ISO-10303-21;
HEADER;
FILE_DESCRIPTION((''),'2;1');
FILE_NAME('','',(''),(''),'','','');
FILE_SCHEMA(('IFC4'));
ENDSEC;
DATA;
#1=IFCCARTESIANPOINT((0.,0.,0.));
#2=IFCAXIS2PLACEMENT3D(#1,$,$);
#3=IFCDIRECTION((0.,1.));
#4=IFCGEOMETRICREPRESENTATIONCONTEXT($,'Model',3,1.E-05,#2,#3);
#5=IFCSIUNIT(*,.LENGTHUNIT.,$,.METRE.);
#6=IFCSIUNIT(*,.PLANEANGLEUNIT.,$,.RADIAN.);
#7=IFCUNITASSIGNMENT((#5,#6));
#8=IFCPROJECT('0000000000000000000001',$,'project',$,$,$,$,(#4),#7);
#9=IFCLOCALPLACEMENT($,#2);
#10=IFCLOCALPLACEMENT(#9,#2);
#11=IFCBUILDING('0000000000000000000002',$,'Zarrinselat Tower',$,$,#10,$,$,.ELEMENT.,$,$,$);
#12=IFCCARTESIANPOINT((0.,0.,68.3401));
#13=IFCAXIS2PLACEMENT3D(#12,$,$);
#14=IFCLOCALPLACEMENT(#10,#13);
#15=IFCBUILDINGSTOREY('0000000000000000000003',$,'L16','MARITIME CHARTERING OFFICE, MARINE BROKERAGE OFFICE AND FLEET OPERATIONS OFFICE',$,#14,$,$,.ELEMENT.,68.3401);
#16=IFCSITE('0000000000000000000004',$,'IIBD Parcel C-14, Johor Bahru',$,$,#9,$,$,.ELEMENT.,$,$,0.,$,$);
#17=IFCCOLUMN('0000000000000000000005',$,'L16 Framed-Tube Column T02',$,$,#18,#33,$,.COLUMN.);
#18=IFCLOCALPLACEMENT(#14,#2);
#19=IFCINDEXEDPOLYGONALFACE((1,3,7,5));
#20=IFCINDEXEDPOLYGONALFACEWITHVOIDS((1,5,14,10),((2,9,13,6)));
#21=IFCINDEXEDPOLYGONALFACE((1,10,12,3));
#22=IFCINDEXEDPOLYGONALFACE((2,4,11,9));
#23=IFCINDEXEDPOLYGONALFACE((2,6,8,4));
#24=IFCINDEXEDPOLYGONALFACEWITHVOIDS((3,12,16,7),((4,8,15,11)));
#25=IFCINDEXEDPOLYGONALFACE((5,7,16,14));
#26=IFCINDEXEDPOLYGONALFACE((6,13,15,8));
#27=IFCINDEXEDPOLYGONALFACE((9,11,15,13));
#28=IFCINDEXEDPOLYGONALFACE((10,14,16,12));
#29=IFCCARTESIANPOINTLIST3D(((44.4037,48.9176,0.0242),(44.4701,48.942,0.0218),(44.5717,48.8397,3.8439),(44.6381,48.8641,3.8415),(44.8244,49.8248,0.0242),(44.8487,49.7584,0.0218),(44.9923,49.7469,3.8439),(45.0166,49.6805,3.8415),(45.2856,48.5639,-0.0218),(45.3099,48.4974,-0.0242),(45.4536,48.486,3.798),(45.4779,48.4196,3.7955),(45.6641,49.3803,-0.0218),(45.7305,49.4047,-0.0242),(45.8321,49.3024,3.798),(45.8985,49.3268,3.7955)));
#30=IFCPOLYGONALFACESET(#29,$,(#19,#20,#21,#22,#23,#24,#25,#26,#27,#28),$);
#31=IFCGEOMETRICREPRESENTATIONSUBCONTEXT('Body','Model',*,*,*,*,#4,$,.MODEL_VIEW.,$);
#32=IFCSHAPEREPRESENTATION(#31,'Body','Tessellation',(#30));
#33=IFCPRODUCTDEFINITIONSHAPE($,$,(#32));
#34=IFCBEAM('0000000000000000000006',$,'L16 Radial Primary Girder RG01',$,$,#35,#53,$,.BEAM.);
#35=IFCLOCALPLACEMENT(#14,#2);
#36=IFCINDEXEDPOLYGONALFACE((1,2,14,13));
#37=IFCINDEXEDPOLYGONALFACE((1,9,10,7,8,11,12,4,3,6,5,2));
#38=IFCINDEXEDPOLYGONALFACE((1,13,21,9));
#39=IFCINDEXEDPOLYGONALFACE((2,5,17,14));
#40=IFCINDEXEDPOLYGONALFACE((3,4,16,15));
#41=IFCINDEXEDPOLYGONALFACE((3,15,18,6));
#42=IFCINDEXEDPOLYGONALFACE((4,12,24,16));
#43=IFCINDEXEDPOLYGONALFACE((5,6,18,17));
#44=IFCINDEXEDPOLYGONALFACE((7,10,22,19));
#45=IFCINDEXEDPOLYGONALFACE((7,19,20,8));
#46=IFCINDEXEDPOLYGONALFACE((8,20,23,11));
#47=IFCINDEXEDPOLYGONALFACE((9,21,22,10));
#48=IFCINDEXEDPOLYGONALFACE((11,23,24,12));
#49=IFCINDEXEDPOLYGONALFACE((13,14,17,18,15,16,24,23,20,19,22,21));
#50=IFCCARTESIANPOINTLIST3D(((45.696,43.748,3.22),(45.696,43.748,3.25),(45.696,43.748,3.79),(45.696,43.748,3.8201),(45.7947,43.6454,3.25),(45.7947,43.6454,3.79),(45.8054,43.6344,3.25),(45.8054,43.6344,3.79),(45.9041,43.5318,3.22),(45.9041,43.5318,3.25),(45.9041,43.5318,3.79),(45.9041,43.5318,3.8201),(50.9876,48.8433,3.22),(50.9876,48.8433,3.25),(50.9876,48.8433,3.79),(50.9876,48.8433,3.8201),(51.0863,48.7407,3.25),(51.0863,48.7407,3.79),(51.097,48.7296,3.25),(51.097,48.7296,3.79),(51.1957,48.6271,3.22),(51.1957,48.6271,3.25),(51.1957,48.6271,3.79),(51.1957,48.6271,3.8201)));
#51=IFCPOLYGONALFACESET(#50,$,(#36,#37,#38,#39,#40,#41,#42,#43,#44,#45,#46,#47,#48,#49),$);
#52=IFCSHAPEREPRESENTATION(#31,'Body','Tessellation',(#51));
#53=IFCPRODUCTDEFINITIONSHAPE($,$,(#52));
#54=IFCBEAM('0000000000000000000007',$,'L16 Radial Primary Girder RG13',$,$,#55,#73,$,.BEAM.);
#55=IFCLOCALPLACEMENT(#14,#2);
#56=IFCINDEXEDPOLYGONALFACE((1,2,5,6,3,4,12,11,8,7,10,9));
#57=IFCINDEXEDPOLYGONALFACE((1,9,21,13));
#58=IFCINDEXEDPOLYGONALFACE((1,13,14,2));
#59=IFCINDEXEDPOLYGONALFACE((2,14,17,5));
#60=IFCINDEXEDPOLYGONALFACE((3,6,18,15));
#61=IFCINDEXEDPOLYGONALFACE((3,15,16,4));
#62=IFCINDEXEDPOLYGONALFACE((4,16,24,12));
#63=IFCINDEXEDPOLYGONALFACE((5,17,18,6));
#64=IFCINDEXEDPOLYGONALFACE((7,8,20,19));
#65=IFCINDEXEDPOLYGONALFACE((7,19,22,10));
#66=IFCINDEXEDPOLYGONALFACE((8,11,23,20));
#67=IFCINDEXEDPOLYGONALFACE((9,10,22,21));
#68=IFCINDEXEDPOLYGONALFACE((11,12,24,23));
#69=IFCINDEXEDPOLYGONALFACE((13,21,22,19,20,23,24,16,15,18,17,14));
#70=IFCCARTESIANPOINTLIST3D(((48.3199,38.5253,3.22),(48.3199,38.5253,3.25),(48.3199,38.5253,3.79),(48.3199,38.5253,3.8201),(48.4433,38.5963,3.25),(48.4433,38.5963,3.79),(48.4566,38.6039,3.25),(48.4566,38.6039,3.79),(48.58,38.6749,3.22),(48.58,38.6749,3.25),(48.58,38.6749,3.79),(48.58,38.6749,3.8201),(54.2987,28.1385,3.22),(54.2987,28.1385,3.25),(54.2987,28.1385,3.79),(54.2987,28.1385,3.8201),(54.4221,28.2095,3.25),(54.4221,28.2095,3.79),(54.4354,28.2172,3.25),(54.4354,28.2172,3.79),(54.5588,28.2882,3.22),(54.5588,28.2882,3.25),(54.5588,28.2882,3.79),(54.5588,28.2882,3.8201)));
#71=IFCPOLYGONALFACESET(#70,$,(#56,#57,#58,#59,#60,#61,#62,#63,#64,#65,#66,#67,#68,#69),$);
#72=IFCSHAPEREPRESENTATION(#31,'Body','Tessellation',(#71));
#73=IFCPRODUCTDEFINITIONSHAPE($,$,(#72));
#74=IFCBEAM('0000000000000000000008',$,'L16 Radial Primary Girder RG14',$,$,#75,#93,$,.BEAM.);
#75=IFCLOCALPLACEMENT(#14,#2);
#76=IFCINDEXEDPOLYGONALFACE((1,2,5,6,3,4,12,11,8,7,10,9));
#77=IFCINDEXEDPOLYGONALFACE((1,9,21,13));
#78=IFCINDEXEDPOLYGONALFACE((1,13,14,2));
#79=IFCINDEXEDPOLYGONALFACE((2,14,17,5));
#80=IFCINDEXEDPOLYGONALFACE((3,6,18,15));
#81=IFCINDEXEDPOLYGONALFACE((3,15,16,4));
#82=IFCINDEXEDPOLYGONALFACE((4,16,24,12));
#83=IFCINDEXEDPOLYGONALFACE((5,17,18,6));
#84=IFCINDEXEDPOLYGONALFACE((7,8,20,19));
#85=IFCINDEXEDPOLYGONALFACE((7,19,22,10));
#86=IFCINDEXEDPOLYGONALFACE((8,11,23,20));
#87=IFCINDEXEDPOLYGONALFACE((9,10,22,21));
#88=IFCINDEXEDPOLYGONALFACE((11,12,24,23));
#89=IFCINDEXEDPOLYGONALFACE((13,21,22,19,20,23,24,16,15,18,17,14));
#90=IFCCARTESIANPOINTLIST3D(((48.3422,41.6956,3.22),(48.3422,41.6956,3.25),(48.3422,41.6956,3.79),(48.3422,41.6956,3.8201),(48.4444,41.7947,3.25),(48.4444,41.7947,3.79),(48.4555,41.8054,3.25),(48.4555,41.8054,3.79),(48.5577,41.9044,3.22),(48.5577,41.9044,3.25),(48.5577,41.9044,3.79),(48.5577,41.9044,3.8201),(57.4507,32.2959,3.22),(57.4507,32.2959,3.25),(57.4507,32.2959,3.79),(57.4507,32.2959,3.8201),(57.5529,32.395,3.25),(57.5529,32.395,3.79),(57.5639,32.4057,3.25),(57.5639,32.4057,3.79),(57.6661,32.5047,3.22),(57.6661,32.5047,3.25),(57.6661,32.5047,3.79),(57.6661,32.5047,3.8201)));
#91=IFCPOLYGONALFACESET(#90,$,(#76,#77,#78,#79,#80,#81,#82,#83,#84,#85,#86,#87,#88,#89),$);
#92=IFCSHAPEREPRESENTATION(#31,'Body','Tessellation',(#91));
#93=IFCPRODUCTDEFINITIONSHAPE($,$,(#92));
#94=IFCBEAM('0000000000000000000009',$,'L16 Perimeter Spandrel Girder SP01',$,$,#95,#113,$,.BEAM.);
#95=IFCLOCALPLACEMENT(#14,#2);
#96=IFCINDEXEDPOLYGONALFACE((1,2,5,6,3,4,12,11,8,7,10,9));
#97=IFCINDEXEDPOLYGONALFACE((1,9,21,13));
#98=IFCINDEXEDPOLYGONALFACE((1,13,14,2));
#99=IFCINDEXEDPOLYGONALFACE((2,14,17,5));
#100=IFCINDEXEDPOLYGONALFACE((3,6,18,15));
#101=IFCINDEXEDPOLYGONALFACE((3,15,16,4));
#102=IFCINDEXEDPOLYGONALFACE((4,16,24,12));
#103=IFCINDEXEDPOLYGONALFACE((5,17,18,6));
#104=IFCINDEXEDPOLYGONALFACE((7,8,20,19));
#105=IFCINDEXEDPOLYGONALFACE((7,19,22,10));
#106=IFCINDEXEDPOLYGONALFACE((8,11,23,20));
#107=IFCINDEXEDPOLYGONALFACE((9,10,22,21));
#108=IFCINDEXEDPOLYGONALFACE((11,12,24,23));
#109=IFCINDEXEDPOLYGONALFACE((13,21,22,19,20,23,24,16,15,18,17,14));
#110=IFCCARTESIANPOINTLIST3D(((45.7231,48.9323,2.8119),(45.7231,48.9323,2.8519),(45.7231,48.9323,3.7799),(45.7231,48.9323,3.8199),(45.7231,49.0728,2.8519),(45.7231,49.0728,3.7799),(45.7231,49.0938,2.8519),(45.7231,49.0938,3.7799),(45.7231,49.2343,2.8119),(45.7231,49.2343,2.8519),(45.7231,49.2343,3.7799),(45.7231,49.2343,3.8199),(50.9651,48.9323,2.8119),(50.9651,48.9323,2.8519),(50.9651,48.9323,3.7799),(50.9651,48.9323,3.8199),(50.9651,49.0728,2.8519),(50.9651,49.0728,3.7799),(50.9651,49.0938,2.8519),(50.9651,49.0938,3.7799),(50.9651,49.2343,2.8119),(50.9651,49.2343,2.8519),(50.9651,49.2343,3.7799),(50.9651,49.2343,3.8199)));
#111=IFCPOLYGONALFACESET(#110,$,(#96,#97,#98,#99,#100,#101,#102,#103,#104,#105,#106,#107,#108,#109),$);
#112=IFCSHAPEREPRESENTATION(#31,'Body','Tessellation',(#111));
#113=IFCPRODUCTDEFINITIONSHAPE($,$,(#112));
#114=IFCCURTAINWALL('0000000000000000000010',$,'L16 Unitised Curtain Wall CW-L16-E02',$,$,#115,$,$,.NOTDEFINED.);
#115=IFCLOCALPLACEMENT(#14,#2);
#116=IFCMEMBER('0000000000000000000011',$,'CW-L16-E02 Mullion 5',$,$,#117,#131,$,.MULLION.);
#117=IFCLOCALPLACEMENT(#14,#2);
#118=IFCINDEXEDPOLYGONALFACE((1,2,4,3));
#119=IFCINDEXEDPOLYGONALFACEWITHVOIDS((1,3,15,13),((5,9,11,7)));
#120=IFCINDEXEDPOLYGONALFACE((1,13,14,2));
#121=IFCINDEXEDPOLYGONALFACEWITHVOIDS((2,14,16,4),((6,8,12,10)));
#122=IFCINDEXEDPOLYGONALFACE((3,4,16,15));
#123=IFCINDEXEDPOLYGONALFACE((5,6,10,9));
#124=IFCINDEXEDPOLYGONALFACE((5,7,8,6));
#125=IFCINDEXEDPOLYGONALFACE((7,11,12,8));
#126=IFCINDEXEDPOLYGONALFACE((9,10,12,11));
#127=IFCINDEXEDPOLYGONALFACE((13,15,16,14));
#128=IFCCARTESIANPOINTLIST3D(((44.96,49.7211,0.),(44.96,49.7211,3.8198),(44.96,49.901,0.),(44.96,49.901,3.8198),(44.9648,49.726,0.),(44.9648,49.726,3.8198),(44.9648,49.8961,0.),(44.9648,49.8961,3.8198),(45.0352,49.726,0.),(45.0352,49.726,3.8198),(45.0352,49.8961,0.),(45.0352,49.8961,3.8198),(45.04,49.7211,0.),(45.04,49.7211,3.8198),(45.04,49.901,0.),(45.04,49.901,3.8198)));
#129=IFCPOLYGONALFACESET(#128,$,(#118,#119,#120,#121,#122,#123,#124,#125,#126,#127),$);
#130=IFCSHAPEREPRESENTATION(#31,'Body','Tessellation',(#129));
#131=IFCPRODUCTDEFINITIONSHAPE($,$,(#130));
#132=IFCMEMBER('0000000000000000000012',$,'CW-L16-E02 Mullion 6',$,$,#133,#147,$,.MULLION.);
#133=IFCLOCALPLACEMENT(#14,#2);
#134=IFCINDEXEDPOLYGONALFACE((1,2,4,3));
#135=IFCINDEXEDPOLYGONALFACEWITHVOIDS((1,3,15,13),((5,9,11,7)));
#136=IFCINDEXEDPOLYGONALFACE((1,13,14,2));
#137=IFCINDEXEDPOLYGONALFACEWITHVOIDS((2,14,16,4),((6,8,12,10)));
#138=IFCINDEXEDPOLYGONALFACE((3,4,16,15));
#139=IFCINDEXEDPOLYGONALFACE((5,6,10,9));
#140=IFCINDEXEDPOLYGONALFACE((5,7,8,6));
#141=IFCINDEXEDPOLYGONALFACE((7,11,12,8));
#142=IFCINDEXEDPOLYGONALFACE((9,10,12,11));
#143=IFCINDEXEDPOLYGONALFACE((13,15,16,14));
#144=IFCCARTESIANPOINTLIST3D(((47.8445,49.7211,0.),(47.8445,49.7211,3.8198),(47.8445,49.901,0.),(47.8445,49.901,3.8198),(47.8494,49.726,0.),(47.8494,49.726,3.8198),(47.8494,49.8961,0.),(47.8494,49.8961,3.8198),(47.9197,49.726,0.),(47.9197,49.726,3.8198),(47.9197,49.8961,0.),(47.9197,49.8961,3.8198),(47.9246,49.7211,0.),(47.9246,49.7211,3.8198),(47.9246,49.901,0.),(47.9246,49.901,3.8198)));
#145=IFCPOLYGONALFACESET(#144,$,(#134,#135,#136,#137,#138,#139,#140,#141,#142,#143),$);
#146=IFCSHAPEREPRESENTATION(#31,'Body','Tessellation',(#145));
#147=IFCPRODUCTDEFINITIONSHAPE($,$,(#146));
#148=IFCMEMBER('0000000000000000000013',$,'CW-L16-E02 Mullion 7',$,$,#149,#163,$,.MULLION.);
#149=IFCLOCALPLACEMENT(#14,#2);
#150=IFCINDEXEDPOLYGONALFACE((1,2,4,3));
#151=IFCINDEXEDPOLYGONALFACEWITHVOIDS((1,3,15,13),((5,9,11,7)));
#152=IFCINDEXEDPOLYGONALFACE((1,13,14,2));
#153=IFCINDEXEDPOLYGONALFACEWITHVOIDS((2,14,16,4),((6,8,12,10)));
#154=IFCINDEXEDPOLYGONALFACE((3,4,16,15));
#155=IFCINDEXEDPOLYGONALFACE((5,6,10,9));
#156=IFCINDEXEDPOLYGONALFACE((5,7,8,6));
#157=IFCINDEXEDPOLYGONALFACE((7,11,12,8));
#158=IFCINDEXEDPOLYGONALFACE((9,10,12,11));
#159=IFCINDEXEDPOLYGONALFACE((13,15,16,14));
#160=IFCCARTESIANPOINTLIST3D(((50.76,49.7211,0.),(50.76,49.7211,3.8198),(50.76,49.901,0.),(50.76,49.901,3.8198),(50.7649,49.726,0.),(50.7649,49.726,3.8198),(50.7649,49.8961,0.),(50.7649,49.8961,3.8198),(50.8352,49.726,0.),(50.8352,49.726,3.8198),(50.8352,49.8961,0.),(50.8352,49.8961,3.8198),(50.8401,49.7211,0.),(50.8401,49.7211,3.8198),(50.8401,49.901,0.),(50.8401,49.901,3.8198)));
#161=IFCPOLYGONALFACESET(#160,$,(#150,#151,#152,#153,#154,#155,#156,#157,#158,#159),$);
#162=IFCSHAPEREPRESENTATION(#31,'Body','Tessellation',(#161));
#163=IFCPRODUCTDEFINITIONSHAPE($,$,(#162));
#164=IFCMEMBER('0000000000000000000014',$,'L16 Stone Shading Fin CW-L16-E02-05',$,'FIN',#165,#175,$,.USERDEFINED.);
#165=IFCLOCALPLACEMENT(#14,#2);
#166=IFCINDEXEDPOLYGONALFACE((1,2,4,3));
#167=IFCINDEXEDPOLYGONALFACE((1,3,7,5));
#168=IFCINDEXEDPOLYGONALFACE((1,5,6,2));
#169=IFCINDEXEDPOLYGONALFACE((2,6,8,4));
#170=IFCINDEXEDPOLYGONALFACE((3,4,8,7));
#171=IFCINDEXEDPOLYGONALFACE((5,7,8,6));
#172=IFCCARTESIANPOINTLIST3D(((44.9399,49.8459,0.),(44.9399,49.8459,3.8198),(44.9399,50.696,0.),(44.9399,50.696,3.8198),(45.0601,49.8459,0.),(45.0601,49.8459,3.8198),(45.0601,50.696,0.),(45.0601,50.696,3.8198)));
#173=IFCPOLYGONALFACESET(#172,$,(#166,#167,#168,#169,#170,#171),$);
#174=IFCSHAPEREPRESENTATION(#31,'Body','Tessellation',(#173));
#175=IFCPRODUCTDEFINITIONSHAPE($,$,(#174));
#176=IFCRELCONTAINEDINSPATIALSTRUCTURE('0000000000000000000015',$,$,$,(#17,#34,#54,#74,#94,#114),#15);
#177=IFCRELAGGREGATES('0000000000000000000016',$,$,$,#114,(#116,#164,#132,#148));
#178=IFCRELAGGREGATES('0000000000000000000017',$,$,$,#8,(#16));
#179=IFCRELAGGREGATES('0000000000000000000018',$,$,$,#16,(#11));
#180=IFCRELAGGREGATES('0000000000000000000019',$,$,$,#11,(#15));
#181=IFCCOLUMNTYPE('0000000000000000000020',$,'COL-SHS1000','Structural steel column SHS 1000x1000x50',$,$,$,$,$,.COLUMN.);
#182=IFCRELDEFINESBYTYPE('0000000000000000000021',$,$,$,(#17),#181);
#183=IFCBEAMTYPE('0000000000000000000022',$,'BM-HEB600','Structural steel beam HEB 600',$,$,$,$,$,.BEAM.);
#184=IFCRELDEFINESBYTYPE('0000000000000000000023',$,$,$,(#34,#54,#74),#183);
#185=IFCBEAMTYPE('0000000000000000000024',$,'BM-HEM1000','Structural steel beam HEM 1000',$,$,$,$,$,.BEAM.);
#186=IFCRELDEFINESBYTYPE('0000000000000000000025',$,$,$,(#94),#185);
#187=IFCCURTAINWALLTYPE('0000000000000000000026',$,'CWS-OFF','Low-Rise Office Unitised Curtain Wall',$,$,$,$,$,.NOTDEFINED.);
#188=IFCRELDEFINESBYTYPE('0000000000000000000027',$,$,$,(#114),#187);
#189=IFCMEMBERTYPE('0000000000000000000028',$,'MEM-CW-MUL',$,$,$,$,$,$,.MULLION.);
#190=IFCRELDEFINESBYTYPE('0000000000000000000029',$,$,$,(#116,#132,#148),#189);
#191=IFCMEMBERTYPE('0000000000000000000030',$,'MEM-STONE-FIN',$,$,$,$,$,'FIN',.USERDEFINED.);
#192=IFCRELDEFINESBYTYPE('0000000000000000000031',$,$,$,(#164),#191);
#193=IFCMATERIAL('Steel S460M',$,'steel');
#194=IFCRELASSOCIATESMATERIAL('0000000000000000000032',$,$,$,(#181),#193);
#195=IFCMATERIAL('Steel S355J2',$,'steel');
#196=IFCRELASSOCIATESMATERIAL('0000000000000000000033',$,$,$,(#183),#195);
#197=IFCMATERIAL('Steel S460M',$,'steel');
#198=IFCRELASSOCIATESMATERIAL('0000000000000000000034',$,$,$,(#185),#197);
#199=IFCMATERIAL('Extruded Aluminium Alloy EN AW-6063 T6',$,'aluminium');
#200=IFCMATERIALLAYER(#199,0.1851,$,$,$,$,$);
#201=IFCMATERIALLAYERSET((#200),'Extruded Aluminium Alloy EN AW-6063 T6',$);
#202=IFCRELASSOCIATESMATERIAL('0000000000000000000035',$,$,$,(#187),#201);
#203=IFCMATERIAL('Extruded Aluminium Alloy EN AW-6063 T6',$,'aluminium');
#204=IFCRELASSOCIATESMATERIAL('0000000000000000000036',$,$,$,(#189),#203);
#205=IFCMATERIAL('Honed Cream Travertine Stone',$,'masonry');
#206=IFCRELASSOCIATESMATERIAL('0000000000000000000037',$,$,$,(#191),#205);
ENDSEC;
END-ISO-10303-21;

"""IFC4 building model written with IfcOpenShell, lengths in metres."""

from ifc_helpers import new_model, si_unit, direction, frame, origin, origin_2d, place, context, subcontext, project, spatial, rectangle, hollow_rectangle, i_section, extrude, material, layer, layer_set, material_profile, profile_set, type_object, element, aggregate, save


model = new_model("IFC4")

# Units and contexts
model_context = context("Model", 3, precision=1e-05, world=origin(), true_north=direction((0.0, 1.0)))
body_context = subcontext(model_context, "Body", "Model", "MODEL_VIEW")
ifc_project = project(units=[si_unit("LENGTHUNIT", "METRE"), si_unit("PLANEANGLEUNIT", "RADIAN")], contexts=[model_context])

# Site, building, storey
site_placement = place(None, origin())
site = spatial("IfcSite", under=ifc_project, at=site_placement, Name="IIBD Parcel C-14, Johor Bahru", CompositionType="ELEMENT", RefElevation=0.0)
building_placement = place(site_placement, origin())
building = spatial("IfcBuilding", under=site, at=building_placement, Name="Zarrinselat Tower", CompositionType="ELEMENT")
storey_placement = place(building_placement, frame((0.0, 0.0, 68.3401)))
storey = spatial("IfcBuildingStorey", under=building, at=storey_placement, Name="L16", Description="MARITIME CHARTERING OFFICE, MARINE BROKERAGE OFFICE AND FLEET OPERATIONS OFFICE", CompositionType="ELEMENT", Elevation=68.3401)

# Column
ifc_material_1 = material(Name="Steel S460M", Category="steel")
ifc_material_profile_1 = material_profile(ifc_material_1, hollow_rectangle(XDim=1.0, YDim=1.0, WallThickness=0.05, at=origin_2d()), Name="SHS 1000x1000x50")
ifc_profile_set_1 = profile_set([ifc_material_profile_1], Name="Steel S460M")
column_type = type_object("IfcColumnType", Name="COL-SHS1000", Description="Structural steel column SHS 1000x1000x50", PredefinedType="COLUMN", material=ifc_profile_set_1)
column_placement = place(storey_placement, frame((45.0671, 49.1611, 0.0), z_axis=(0.043921, -0.020365, 0.998827), x_axis=(0.420646, 0.907225, 0.0)))
element("IfcColumn", 1, at=column_placement, inside=storey, type_object=column_type, Name="L16 Framed-Tube Column T02", PredefinedType="COLUMN", context=body_context, shape_type="SweptSolid", body=[
    extrude(hollow_rectangle(XDim=1.0, YDim=1.0, WallThickness=0.05, at=origin_2d()), origin(), (0.0, 0.0, 1.0), 3.8242),
])

# Beams
ifc_material_2 = material(Name="Steel S355J2", Category="steel")
ifc_material_profile_2 = material_profile(ifc_material_2, i_section(OverallWidth=0.3, OverallDepth=0.6001, WebThickness=0.0154, FlangeThickness=0.03, at=origin_2d()), Name="HEB 600")
ifc_profile_set_2 = profile_set([ifc_material_profile_2], Name="Steel S355J2")
beam_type_1 = type_object("IfcBeamType", Name="BM-HEB600", Description="Structural steel beam HEB 600", PredefinedType="BEAM", material=ifc_profile_set_2)
beam_1_placement = place(storey_placement, frame((45.8, 43.6399, 3.52), z_axis=(0.720341, 0.69362, 0.0), x_axis=(-0.69362, 0.720341, 0.0)))
element("IfcBeam", 2, at=beam_1_placement, inside=storey, type_object=beam_type_1, Name="L16 Radial Primary Girder RG01", PredefinedType="BEAM", context=body_context, shape_type="SweptSolid", body=[
    extrude(i_section(OverallWidth=0.3, OverallDepth=0.6001, WebThickness=0.0154, FlangeThickness=0.03, at=origin_2d()), origin(), (0.0, 0.0, 1.0), 7.3459),
])
beam_2_placement = place(storey_placement, frame((48.45, 38.6001, 3.52), z_axis=(0.498872, -0.866676, 0.0), x_axis=(0.866676, 0.498872, 0.0)))
element("IfcBeam", 3, at=beam_2_placement, inside=storey, type_object=beam_type_1, Name="L16 Radial Primary Girder RG13", PredefinedType="BEAM", context=body_context, shape_type="SweptSolid", body=[
    extrude(i_section(OverallWidth=0.3, OverallDepth=0.6001, WebThickness=0.0154, FlangeThickness=0.03, at=origin_2d()), origin(), (0.0, 0.0, 1.0), 11.9846),
])
beam_3_placement = place(storey_placement, frame((48.45, 41.8, 3.52), z_axis=(0.695893, -0.718146, 0.0), x_axis=(0.718146, 0.695893, 0.0)))
element("IfcBeam", 4, at=beam_3_placement, inside=storey, type_object=beam_type_1, Name="L16 Radial Primary Girder RG14", PredefinedType="BEAM", context=body_context, shape_type="SweptSolid", body=[
    extrude(i_section(OverallWidth=0.3, OverallDepth=0.6001, WebThickness=0.0154, FlangeThickness=0.03, at=origin_2d()), origin(), (0.0, 0.0, 1.0), 13.0889),
])
ifc_material_3 = material(Name="Steel S460M", Category="steel")
ifc_material_profile_3 = material_profile(ifc_material_3, i_section(OverallWidth=0.302, OverallDepth=1.0081, WebThickness=0.021, FlangeThickness=0.04, at=origin_2d()), Name="HEM 1000")
ifc_profile_set_3 = profile_set([ifc_material_profile_3], Name="Steel S460M")
beam_type_2 = type_object("IfcBeamType", Name="BM-HEM1000", Description="Structural steel beam HEM 1000", PredefinedType="BEAM", material=ifc_profile_set_3)
beam_4_placement = place(storey_placement, frame((45.7231, 49.0833, 3.3159), z_axis=(1.0, 0.0, 0.0), x_axis=(0.0, 1.0, 0.0)))
element("IfcBeam", 5, at=beam_4_placement, inside=storey, type_object=beam_type_2, Name="L16 Perimeter Spandrel Girder SP01", PredefinedType="BEAM", context=body_context, shape_type="SweptSolid", body=[
    extrude(i_section(OverallWidth=0.302, OverallDepth=1.0081, WebThickness=0.021, FlangeThickness=0.04, at=origin_2d()), origin(), (0.0, 0.0, 1.0), 5.2419),
])

# Curtain wall, members
ifc_material_4 = material(Name="Extruded Aluminium Alloy EN AW-6063 T6", Category="aluminium")
ifc_layer_1 = layer(ifc_material_4, 0.1851)
ifc_layer_set_1 = layer_set([ifc_layer_1], Name="Extruded Aluminium Alloy EN AW-6063 T6")
curtain_wall_type = type_object("IfcCurtainWallType", Name="CWS-OFF", Description="Low-Rise Office Unitised Curtain Wall", PredefinedType="NOTDEFINED", material=ifc_layer_set_1)
curtain_wall_placement = place(storey_placement, origin())
curtain_wall = element("IfcCurtainWall", 6, at=curtain_wall_placement, inside=storey, type_object=curtain_wall_type, Name="L16 Unitised Curtain Wall CW-L16-E02", PredefinedType="NOTDEFINED")
ifc_material_5 = material(Name="Extruded Aluminium Alloy EN AW-6063 T6", Category="aluminium")
ifc_material_profile_4 = material_profile(ifc_material_5, hollow_rectangle(XDim=0.0801, YDim=0.1799, WallThickness=0.0049, at=origin_2d()), Name="RHS 180x80x5")
ifc_profile_set_4 = profile_set([ifc_material_profile_4], Name="Extruded Aluminium Alloy EN AW-6063 T6")
member_type_1 = type_object("IfcMemberType", Name="MEM-CW-MUL", PredefinedType="MULLION", material=ifc_profile_set_4)
member_1_placement = place(storey_placement, frame((45.0, 49.811, 0.0), z_axis=(0.0, 0.0, 1.0), x_axis=(1.0, 0.0, 0.0)))
member_1 = element("IfcMember", 7, at=member_1_placement, type_object=member_type_1, Name="CW-L16-E02 Mullion 5", PredefinedType="MULLION", context=body_context, shape_type="SweptSolid", body=[
    extrude(hollow_rectangle(XDim=0.0801, YDim=0.1799, WallThickness=0.0049, at=origin_2d()), origin(), (0.0, 0.0, 1.0), 3.8198),
])
member_2_placement = place(storey_placement, frame((47.8845, 49.811, 0.0), z_axis=(0.0, 0.0, 1.0), x_axis=(1.0, 0.0, 0.0)))
member_2 = element("IfcMember", 8, at=member_2_placement, type_object=member_type_1, Name="CW-L16-E02 Mullion 6", PredefinedType="MULLION", context=body_context, shape_type="SweptSolid", body=[
    extrude(hollow_rectangle(XDim=0.0801, YDim=0.1799, WallThickness=0.0049, at=origin_2d()), origin(), (0.0, 0.0, 1.0), 3.8198),
])
member_3_placement = place(storey_placement, frame((50.8, 49.811, 0.0), z_axis=(0.0, 0.0, 1.0), x_axis=(1.0, 0.0, 0.0)))
member_3 = element("IfcMember", 9, at=member_3_placement, type_object=member_type_1, Name="CW-L16-E02 Mullion 7", PredefinedType="MULLION", context=body_context, shape_type="SweptSolid", body=[
    extrude(hollow_rectangle(XDim=0.0801, YDim=0.1799, WallThickness=0.0049, at=origin_2d()), origin(), (0.0, 0.0, 1.0), 3.8198),
])
ifc_material_6 = material(Name="Honed Cream Travertine Stone", Category="masonry")
ifc_material_profile_5 = material_profile(ifc_material_6, rectangle(XDim=0.1201, YDim=0.8501, at=origin_2d()), Name="FIN 850x120")
ifc_profile_set_5 = profile_set([ifc_material_profile_5], Name="Honed Cream Travertine Stone")
member_type_2 = type_object("IfcMemberType", Name="MEM-STONE-FIN", ElementType="FIN", PredefinedType="USERDEFINED", material=ifc_profile_set_5)
member_4_placement = place(storey_placement, frame((45.0, 50.271, 0.0), z_axis=(0.0, 0.0, 1.0), x_axis=(1.0, 0.0, 0.0)))
member_4 = element("IfcMember", 10, at=member_4_placement, type_object=member_type_2, Name="L16 Stone Shading Fin CW-L16-E02-05", ObjectType="FIN", PredefinedType="USERDEFINED", context=body_context, shape_type="SweptSolid", body=[
    extrude(rectangle(XDim=0.1201, YDim=0.8501, at=origin_2d()), origin(), (0.0, 0.0, 1.0), 3.8198),
])
aggregate(curtain_wall, [member_1, member_4, member_2, member_3])

save(model, "model.ifc")
